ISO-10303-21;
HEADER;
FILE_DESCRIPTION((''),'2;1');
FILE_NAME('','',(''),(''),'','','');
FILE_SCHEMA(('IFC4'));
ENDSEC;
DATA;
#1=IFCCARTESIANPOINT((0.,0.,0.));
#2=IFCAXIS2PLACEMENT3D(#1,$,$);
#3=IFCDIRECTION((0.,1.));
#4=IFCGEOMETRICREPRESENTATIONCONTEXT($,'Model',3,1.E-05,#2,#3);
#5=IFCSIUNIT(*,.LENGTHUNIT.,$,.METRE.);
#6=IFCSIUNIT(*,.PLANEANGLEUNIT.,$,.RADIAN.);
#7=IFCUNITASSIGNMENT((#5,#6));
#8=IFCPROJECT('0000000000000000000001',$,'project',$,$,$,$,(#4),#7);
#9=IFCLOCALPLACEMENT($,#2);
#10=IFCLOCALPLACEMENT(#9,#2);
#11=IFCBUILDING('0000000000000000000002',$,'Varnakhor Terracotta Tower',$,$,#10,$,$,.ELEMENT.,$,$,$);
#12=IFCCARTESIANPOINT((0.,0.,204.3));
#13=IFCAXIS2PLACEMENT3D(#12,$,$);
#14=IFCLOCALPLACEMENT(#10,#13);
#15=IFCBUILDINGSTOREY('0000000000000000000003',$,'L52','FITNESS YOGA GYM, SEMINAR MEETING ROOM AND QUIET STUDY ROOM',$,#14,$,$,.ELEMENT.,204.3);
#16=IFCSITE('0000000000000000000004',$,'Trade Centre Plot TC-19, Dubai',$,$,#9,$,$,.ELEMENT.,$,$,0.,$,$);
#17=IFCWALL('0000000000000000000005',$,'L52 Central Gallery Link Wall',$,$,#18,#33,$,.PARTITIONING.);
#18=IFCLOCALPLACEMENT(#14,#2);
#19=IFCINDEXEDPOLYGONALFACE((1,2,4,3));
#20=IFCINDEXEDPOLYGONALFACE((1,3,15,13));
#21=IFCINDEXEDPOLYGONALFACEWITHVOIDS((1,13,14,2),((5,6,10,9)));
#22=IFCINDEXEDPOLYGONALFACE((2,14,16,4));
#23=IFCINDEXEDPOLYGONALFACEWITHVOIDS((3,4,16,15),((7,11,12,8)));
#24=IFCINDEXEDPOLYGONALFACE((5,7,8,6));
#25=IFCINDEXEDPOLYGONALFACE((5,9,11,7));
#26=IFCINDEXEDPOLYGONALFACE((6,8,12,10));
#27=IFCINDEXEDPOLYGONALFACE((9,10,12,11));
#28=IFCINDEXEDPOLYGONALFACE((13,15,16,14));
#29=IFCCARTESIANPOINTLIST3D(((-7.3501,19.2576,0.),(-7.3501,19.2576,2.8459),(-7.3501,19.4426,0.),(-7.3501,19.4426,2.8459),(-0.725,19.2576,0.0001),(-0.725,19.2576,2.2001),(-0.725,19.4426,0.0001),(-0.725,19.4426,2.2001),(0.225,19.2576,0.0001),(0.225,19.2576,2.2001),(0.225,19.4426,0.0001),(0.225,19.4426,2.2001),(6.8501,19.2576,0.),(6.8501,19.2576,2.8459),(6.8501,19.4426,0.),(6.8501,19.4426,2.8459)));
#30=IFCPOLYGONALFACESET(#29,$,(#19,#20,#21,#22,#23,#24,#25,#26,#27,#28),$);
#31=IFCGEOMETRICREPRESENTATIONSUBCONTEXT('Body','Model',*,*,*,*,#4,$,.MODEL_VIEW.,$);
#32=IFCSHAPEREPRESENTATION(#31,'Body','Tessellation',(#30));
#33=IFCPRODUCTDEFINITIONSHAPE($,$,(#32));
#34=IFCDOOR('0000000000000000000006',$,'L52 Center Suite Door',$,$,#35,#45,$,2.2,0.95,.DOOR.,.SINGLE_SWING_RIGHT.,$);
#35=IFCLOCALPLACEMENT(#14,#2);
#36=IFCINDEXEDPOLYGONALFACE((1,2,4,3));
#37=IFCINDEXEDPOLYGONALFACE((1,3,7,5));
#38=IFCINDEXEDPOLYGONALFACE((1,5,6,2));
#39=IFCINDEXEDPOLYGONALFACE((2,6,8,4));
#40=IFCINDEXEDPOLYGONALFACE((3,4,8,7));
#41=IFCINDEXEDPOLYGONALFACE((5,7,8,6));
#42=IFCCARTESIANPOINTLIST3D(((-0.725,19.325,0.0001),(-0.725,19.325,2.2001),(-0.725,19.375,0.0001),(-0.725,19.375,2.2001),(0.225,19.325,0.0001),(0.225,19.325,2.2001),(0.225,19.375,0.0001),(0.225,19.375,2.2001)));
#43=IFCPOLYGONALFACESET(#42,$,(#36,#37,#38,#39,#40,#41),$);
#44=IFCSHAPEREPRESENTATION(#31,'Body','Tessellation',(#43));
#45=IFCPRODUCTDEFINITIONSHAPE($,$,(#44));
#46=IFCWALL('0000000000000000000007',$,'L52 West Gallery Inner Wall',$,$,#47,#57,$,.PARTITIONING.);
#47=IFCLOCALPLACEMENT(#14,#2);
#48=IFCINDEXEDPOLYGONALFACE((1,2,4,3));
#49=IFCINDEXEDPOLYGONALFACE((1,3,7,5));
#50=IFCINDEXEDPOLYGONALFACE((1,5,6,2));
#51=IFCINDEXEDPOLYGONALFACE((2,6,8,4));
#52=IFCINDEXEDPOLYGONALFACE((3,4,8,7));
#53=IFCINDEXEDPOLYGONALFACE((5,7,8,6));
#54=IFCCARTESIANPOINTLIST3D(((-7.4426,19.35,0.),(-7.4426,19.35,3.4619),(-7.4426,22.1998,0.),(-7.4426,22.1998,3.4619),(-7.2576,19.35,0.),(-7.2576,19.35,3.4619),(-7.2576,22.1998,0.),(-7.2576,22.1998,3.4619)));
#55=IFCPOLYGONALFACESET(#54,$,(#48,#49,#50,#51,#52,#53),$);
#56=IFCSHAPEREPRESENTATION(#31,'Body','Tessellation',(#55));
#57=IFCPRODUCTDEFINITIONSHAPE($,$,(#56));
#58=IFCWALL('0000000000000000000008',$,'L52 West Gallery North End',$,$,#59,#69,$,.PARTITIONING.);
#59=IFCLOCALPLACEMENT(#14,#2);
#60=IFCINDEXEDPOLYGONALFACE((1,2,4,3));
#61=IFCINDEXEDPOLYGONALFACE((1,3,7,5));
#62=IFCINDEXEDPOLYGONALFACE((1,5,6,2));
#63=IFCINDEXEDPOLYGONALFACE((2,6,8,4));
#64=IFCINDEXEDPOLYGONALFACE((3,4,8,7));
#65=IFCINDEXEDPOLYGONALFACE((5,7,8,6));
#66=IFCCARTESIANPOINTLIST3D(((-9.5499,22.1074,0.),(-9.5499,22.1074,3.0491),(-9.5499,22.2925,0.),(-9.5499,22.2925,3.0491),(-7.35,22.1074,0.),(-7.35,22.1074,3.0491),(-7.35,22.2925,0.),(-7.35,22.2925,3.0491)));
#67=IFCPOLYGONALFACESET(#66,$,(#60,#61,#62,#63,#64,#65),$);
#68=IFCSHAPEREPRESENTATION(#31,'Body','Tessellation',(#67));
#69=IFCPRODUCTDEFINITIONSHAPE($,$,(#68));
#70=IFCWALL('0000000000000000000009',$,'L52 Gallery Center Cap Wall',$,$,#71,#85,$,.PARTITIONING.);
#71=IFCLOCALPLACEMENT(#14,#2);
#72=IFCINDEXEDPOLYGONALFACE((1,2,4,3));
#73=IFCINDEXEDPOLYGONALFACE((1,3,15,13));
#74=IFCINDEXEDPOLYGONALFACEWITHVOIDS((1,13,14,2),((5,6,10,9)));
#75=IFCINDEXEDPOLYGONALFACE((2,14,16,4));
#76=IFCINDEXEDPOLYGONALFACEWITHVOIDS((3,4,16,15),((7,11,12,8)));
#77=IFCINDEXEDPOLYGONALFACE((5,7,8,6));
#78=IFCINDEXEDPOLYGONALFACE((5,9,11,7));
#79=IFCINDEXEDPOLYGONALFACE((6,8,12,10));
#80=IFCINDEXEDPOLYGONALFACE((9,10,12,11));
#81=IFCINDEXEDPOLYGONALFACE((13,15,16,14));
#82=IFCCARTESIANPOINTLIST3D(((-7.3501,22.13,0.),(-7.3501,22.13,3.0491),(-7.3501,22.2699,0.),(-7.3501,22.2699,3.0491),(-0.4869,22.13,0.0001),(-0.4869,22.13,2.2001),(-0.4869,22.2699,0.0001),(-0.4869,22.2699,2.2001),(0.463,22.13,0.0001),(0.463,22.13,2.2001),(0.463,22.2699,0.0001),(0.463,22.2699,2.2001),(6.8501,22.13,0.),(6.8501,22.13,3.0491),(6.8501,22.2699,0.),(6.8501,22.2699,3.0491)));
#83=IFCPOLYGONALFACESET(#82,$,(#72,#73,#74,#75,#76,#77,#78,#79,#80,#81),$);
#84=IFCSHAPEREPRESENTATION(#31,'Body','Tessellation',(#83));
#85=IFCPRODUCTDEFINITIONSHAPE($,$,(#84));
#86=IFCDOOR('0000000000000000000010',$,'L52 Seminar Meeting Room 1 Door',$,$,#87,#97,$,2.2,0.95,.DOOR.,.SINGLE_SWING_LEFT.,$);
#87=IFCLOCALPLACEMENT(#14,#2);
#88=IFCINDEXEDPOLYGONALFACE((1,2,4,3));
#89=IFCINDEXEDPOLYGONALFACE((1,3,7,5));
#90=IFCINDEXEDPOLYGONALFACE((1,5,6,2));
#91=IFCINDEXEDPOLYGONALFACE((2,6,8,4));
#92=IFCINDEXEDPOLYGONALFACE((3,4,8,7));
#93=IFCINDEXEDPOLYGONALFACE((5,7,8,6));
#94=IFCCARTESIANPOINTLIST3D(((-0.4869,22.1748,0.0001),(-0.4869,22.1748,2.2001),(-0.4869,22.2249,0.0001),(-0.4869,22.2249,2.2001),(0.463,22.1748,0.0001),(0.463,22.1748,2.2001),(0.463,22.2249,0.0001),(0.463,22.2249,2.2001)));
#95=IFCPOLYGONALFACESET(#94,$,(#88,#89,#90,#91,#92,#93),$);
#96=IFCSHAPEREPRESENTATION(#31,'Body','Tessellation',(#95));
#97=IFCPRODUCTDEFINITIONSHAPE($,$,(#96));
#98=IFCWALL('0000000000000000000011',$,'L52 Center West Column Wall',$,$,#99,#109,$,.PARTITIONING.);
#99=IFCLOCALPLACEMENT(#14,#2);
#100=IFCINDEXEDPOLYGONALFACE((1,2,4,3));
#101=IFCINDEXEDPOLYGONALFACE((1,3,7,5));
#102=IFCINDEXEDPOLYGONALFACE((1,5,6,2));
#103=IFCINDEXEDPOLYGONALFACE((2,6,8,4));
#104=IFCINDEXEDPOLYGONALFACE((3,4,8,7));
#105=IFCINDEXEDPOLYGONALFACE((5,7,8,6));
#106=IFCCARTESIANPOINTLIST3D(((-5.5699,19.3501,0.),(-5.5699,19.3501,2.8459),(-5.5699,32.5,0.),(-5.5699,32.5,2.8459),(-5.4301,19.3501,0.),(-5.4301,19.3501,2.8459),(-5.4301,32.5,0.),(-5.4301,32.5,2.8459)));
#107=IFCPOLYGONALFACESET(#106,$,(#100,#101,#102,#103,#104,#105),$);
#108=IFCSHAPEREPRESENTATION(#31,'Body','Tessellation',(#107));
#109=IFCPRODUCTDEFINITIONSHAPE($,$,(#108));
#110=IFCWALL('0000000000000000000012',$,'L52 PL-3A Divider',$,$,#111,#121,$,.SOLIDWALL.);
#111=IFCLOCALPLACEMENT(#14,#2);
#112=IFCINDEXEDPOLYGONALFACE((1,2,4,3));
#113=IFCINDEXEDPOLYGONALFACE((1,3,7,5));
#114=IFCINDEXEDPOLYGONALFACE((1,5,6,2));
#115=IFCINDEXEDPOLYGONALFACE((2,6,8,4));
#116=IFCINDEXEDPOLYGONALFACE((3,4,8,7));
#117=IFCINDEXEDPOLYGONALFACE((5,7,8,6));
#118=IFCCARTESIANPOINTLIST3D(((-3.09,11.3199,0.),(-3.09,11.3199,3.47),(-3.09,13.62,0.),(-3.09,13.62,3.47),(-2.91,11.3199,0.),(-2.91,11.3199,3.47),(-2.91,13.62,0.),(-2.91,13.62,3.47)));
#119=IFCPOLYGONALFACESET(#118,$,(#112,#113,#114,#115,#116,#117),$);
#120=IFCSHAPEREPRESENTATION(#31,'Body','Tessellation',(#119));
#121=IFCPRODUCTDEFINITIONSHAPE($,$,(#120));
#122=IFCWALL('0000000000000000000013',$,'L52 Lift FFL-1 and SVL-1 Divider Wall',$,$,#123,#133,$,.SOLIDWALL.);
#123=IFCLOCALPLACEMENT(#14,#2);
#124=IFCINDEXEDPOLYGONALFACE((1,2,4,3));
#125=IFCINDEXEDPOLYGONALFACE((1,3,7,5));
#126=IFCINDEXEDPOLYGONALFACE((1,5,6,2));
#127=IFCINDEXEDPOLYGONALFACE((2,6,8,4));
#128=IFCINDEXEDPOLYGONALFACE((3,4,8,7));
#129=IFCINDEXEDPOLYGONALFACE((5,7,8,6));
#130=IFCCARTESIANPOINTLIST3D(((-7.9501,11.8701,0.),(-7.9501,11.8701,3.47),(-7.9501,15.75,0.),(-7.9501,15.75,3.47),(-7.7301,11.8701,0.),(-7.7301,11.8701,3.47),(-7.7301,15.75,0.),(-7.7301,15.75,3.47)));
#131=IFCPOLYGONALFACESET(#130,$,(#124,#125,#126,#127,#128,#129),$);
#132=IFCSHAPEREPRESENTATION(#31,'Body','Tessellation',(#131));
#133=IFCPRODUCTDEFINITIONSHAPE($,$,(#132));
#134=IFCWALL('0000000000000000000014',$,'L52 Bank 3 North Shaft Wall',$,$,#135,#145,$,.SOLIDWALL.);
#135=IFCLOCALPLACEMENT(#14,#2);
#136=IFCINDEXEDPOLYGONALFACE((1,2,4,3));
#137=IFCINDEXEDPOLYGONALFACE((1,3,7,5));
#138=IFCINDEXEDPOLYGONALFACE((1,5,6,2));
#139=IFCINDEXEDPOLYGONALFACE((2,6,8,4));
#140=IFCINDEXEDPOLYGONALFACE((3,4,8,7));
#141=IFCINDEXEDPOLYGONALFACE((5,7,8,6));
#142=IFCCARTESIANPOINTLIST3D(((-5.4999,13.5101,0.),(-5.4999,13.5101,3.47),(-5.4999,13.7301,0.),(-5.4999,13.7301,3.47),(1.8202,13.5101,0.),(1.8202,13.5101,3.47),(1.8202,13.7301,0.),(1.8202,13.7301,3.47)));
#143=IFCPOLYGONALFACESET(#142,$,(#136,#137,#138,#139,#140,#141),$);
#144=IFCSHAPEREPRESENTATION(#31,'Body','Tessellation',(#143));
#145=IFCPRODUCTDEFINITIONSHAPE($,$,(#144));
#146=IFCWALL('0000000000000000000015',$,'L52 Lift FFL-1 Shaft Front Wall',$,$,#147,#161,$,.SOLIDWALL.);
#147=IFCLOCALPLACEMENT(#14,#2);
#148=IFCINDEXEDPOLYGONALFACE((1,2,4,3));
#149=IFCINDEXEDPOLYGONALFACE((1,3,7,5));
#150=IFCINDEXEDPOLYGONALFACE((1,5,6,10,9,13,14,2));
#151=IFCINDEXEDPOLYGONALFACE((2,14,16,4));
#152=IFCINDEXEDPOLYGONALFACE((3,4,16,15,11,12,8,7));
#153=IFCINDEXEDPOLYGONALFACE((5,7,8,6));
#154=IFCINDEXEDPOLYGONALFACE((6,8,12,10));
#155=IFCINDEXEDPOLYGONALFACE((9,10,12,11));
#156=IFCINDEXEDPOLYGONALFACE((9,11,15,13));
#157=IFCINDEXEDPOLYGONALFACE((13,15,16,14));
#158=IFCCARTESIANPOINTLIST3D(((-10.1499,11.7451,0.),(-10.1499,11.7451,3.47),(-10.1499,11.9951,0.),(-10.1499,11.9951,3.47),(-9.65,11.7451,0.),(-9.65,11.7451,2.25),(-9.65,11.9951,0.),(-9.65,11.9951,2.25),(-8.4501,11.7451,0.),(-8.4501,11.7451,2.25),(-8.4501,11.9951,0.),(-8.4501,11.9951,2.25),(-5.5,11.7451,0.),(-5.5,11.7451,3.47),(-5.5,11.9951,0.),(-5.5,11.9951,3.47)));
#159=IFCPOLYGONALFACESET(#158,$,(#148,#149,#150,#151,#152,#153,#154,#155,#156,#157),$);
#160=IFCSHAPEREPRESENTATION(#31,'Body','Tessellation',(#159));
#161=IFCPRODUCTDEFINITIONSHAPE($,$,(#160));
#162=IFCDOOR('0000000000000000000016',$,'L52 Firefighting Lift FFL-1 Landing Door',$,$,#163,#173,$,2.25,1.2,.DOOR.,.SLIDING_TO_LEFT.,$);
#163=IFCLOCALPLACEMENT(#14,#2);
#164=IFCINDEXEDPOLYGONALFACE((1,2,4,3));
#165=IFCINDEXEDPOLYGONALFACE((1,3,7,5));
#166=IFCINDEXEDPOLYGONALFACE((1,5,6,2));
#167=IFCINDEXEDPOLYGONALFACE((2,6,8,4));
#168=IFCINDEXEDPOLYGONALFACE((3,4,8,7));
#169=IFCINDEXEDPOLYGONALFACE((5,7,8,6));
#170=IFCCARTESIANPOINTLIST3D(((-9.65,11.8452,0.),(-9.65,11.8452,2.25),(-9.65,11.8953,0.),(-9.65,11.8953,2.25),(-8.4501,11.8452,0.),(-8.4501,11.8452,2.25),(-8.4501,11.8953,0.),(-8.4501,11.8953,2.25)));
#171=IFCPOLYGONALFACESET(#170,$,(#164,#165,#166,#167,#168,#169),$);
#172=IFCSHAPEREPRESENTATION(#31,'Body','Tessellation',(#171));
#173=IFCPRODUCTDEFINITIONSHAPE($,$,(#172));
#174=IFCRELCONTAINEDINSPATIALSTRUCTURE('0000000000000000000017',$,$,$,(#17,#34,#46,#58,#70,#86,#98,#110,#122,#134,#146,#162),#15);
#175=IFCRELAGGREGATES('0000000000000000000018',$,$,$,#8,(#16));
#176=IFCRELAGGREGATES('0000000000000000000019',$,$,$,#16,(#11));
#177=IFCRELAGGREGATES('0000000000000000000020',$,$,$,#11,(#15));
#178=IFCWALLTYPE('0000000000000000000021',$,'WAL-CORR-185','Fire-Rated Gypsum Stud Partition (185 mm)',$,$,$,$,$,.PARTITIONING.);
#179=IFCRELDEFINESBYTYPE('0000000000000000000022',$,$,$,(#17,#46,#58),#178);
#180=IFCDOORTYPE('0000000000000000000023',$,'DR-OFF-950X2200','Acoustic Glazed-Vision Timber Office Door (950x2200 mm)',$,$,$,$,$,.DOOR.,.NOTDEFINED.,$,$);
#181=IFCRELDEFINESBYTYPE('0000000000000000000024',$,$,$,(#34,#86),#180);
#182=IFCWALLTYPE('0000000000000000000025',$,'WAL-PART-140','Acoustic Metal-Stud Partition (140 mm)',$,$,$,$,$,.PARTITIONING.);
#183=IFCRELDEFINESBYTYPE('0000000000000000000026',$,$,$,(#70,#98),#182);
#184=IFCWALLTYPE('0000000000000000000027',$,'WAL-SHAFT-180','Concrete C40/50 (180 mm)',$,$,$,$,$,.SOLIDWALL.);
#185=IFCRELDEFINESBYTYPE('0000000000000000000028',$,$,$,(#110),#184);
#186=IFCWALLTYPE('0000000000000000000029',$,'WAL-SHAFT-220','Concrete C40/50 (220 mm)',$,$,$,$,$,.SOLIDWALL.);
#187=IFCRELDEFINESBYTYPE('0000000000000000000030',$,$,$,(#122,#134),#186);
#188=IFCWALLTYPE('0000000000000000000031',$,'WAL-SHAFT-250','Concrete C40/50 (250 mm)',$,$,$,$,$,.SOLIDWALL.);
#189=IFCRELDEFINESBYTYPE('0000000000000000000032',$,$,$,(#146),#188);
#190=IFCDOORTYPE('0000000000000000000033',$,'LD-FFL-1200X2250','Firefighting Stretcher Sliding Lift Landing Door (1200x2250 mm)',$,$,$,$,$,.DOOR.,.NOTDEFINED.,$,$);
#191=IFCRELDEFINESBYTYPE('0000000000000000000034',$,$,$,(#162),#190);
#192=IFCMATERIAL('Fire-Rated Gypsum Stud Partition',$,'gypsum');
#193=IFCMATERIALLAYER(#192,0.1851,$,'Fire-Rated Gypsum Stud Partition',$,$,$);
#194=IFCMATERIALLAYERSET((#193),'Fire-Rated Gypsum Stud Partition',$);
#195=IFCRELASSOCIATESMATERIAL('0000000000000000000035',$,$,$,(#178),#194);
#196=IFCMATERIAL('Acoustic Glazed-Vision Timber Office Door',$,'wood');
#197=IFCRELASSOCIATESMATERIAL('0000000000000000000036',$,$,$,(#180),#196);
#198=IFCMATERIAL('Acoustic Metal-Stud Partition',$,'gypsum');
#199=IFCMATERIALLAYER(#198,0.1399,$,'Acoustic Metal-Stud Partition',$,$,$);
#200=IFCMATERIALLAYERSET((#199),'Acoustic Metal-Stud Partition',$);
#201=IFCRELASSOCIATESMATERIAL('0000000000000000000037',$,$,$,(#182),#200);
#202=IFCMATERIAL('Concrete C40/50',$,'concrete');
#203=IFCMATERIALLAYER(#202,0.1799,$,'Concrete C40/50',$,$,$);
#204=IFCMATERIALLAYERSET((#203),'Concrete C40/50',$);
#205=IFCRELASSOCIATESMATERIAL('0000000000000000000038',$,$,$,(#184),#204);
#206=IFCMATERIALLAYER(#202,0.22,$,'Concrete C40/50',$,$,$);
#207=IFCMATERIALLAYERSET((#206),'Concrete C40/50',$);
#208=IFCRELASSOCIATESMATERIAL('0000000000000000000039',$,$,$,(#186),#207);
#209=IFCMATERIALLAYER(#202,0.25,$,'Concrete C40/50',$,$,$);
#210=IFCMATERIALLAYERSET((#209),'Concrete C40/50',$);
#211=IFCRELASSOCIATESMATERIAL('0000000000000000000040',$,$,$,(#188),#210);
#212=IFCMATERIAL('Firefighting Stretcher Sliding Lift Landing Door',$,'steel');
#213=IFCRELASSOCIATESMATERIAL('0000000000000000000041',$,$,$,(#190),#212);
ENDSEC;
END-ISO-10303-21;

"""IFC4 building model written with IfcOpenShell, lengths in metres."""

from ifc_helpers import new_model, si_unit, direction, frame, frame_2d, origin, place, context, subcontext, project, spatial, rectangle, extrude, source, transform, mapped, material, layer, layer_set, type_object, type_shapes, element, fill, save


model = new_model("IFC4")

# Units and contexts
model_context = context("Model", 3, precision=1e-05, world=origin(), true_north=direction((0.0, 1.0)))
body_context = subcontext(model_context, "Body", "Model", "MODEL_VIEW")
ifc_project = project(units=[si_unit("LENGTHUNIT", "METRE"), si_unit("PLANEANGLEUNIT", "RADIAN")], contexts=[model_context])

# Site, building, storey
site_placement = place(None, origin())
site = spatial("IfcSite", under=ifc_project, at=site_placement, Name="Trade Centre Plot TC-19, Dubai", CompositionType="ELEMENT", RefElevation=0.0)
building_placement = place(site_placement, origin())
building = spatial("IfcBuilding", under=site, at=building_placement, Name="Varnakhor Terracotta Tower", CompositionType="ELEMENT")
storey_placement = place(building_placement, frame((0.0, 0.0, 204.3)))
storey = spatial("IfcBuildingStorey", under=building, at=storey_placement, Name="L52", Description="FITNESS YOGA GYM, SEMINAR MEETING ROOM AND QUIET STUDY ROOM", CompositionType="ELEMENT", Elevation=204.3)

# Wall, opening, door
ifc_material_1 = material(Name="Fire-Rated Gypsum Stud Partition", Category="gypsum")
ifc_layer_1 = layer(ifc_material_1, 0.1851, Name="Fire-Rated Gypsum Stud Partition")
ifc_layer_set_1 = layer_set([ifc_layer_1], Name="Fire-Rated Gypsum Stud Partition")
wall_type_1 = type_object("IfcWallType", Name="WAL-CORR-185", Description="Fire-Rated Gypsum Stud Partition (185 mm)", PredefinedType="PARTITIONING", material=ifc_layer_set_1)
wall_1_placement = place(storey_placement, frame((-7.3501, 19.3501, 0.0), z_axis=(0.0, 0.0, 1.0), x_axis=(1.0, 0.0, 0.0)))
wall_1 = element("IfcWall", 1, at=wall_1_placement, inside=storey, type_object=wall_type_1, Name="L52 Central Gallery Link Wall", PredefinedType="PARTITIONING", context=body_context, shape_type="SweptSolid", body=[
    extrude(rectangle(XDim=14.2002, YDim=0.1851, at=frame_2d((7.1001, 0.0))), origin(), (0.0, 0.0, 1.0), 2.8459),
])
opening_1_placement = place(wall_1_placement, frame((6.625, 0.0, 0.0)))
opening_1 = element("IfcOpeningElement", 2, at=opening_1_placement, cuts=wall_1, PredefinedType="OPENING", context=body_context, shape_type="SweptSolid", body=[
    extrude(rectangle(XDim=0.95, YDim=2.2, at=frame_2d((0.4751, 1.1001))), frame((0.0, 0.1025, 0.0), z_axis=(0.0, -1.0, 0.0), x_axis=(1.0, 0.0, 0.0)), (0.0, 0.0, 1.0), 0.2051),
])
ifc_material_2 = material(Name="Acoustic Glazed-Vision Timber Office Door", Category="wood")
door_type_1 = type_object("IfcDoorType", Name="DR-OFF-950X2200", Description="Acoustic Glazed-Vision Timber Office Door (950x2200 mm)", OperationType="NOTDEFINED", PredefinedType="DOOR", material=ifc_material_2)
shared_shape_1 = source(origin(), body_context, "Body", "SweptSolid", [
    extrude(rectangle(XDim=0.95, YDim=2.2, at=frame_2d((0.4751, 1.1001))), frame((0.0, 0.0249, 0.0), z_axis=(0.0, -1.0, 0.0), x_axis=(1.0, 0.0, 0.0)), (0.0, 0.0, 1.0), 0.05),
])
type_shapes(door_type_1, [shared_shape_1])
door_1_placement = place(opening_1_placement, origin())
door_1 = element("IfcDoor", 3, at=door_1_placement, inside=storey, type_object=door_type_1, Name="L52 Center Suite Door", OperationType="SINGLE_SWING_RIGHT", OverallHeight=2.2, OverallWidth=0.95, PredefinedType="DOOR", context=body_context, shape_type="MappedRepresentation", body=[
    mapped(shared_shape_1, transform((0.0, 0.0, 0.0), scale=1.0)),
])
fill(opening_1, door_1)

# Walls
wall_2_placement = place(storey_placement, frame((-7.3501, 19.3501, 0.0), z_axis=(0.0, 0.0, 1.0), x_axis=(0.0, 1.0, 0.0)))
element("IfcWall", 4, at=wall_2_placement, inside=storey, type_object=wall_type_1, Name="L52 West Gallery Inner Wall", PredefinedType="PARTITIONING", context=body_context, shape_type="SweptSolid", body=[
    extrude(rectangle(XDim=2.8499, YDim=0.1851, at=frame_2d((1.4248, 0.0))), origin(), (0.0, 0.0, 1.0), 3.4619),
])
wall_3_placement = place(storey_placement, frame((-9.55, 22.2, 0.0), z_axis=(0.0, 0.0, 1.0), x_axis=(1.0, 0.0, 0.0)))
element("IfcWall", 5, at=wall_3_placement, inside=storey, type_object=wall_type_1, Name="L52 West Gallery North End", PredefinedType="PARTITIONING", context=body_context, shape_type="SweptSolid", body=[
    extrude(rectangle(XDim=2.2, YDim=0.1851, at=frame_2d((1.1001, 0.0))), origin(), (0.0, 0.0, 1.0), 3.0491),
])

# Wall, opening, door
ifc_material_3 = material(Name="Acoustic Metal-Stud Partition", Category="gypsum")
ifc_layer_2 = layer(ifc_material_3, 0.1399, Name="Acoustic Metal-Stud Partition")
ifc_layer_set_2 = layer_set([ifc_layer_2], Name="Acoustic Metal-Stud Partition")
wall_type_2 = type_object("IfcWallType", Name="WAL-PART-140", Description="Acoustic Metal-Stud Partition (140 mm)", PredefinedType="PARTITIONING", material=ifc_layer_set_2)
wall_4_placement = place(storey_placement, frame((-7.3501, 22.2, 0.0), z_axis=(0.0, 0.0, 1.0), x_axis=(1.0, 0.0, 0.0)))
wall_4 = element("IfcWall", 6, at=wall_4_placement, inside=storey, type_object=wall_type_2, Name="L52 Gallery Center Cap Wall", PredefinedType="PARTITIONING", context=body_context, shape_type="SweptSolid", body=[
    extrude(rectangle(XDim=14.2002, YDim=0.1399, at=frame_2d((7.1001, 0.0))), origin(), (0.0, 0.0, 1.0), 3.0491),
])
opening_2_placement = place(wall_4_placement, frame((6.863, 0.0, 0.0)))
opening_2 = element("IfcOpeningElement", 7, at=opening_2_placement, cuts=wall_4, PredefinedType="OPENING", context=body_context, shape_type="SweptSolid", body=[
    extrude(rectangle(XDim=0.95, YDim=2.2, at=frame_2d((0.4751, 1.1001))), frame((0.0, 0.0801, 0.0), z_axis=(0.0, -1.0, 0.0), x_axis=(1.0, 0.0, 0.0)), (0.0, 0.0, 1.0), 0.1599),
])
door_2_placement = place(opening_2_placement, origin())
door_2 = element("IfcDoor", 8, at=door_2_placement, inside=storey, type_object=door_type_1, Name="L52 Seminar Meeting Room 1 Door", OperationType="SINGLE_SWING_LEFT", OverallHeight=2.2, OverallWidth=0.95, PredefinedType="DOOR", context=body_context, shape_type="MappedRepresentation", body=[
    mapped(shared_shape_1, transform((0.0, 0.0, 0.0), scale=1.0)),
])
fill(opening_2, door_2)

# Walls
wall_5_placement = place(storey_placement, frame((-5.5, 19.3501, 0.0), z_axis=(0.0, 0.0, 1.0), x_axis=(0.0, 1.0, 0.0)))
element("IfcWall", 9, at=wall_5_placement, inside=storey, type_object=wall_type_2, Name="L52 Center West Column Wall", PredefinedType="PARTITIONING", context=body_context, shape_type="SweptSolid", body=[
    extrude(rectangle(XDim=13.1499, YDim=0.1399, at=frame_2d((6.575, 0.0))), origin(), (0.0, 0.0, 1.0), 2.8459),
])
ifc_material_4 = material(Name="Concrete C40/50", Category="concrete")
ifc_layer_3 = layer(ifc_material_4, 0.1799, Name="Concrete C40/50")
ifc_layer_set_3 = layer_set([ifc_layer_3], Name="Concrete C40/50")
wall_type_3 = type_object("IfcWallType", Name="WAL-SHAFT-180", Description="Concrete C40/50 (180 mm)", PredefinedType="SOLIDWALL", material=ifc_layer_set_3)
wall_6_placement = place(storey_placement, frame((-3.0, 11.3201, 0.0), z_axis=(0.0, 0.0, 1.0), x_axis=(0.0, 1.0, 0.0)))
element("IfcWall", 10, at=wall_6_placement, inside=storey, type_object=wall_type_3, Name="L52 PL-3A Divider", PredefinedType="SOLIDWALL", context=body_context, shape_type="SweptSolid", body=[
    extrude(rectangle(XDim=2.3, YDim=0.1799, at=frame_2d((1.1499, 0.0))), origin(), (0.0, 0.0, 1.0), 3.47),
])
ifc_layer_4 = layer(ifc_material_4, 0.22, Name="Concrete C40/50")
ifc_layer_set_4 = layer_set([ifc_layer_4], Name="Concrete C40/50")
wall_type_4 = type_object("IfcWallType", Name="WAL-SHAFT-220", Description="Concrete C40/50 (220 mm)", PredefinedType="SOLIDWALL", material=ifc_layer_set_4)
wall_7_placement = place(storey_placement, frame((-7.8401, 11.8701, 0.0), z_axis=(0.0, 0.0, 1.0), x_axis=(0.0, 1.0, 0.0)))
element("IfcWall", 11, at=wall_7_placement, inside=storey, type_object=wall_type_4, Name="L52 Lift FFL-1 and SVL-1 Divider Wall", PredefinedType="SOLIDWALL", context=body_context, shape_type="SweptSolid", body=[
    extrude(rectangle(XDim=3.8799, YDim=0.22, at=frame_2d((1.9399, 0.0))), origin(), (0.0, 0.0, 1.0), 3.47),
])
wall_8_placement = place(storey_placement, frame((-5.5, 13.6201, 0.0), z_axis=(0.0, 0.0, 1.0), x_axis=(1.0, 0.0, 0.0)))
element("IfcWall", 12, at=wall_8_placement, inside=storey, type_object=wall_type_4, Name="L52 Bank 3 North Shaft Wall", PredefinedType="SOLIDWALL", context=body_context, shape_type="SweptSolid", body=[
    extrude(rectangle(XDim=7.3201, YDim=0.22, at=frame_2d((3.6602, 0.0))), origin(), (0.0, 0.0, 1.0), 3.47),
])

# Wall, opening, door
ifc_layer_5 = layer(ifc_material_4, 0.25, Name="Concrete C40/50")
ifc_layer_set_5 = layer_set([ifc_layer_5], Name="Concrete C40/50")
wall_type_5 = type_object("IfcWallType", Name="WAL-SHAFT-250", Description="Concrete C40/50 (250 mm)", PredefinedType="SOLIDWALL", material=ifc_layer_set_5)
wall_9_placement = place(storey_placement, frame((-5.5, 11.8701, 0.0), z_axis=(0.0, 0.0, 1.0), x_axis=(-1.0, 0.0, 0.0)))
wall_9 = element("IfcWall", 13, at=wall_9_placement, inside=storey, type_object=wall_type_5, Name="L52 Lift FFL-1 Shaft Front Wall", PredefinedType="SOLIDWALL", context=body_context, shape_type="SweptSolid", body=[
    extrude(rectangle(XDim=4.6499, YDim=0.25, at=frame_2d((2.325, 0.0))), origin(), (0.0, 0.0, 1.0), 3.47),
])
opening_3_placement = place(wall_9_placement, frame((2.95, 0.0, 0.0)))
opening_3 = element("IfcOpeningElement", 14, at=opening_3_placement, cuts=wall_9, PredefinedType="OPENING", context=body_context, shape_type="SweptSolid", body=[
    extrude(rectangle(XDim=1.2, YDim=2.25, at=frame_2d((0.6001, 1.125))), frame((0.0, 0.135, 0.0), z_axis=(0.0, -1.0, 0.0), x_axis=(1.0, 0.0, 0.0)), (0.0, 0.0, 1.0), 0.27),
])
ifc_material_5 = material(Name="Firefighting Stretcher Sliding Lift Landing Door", Category="steel")
door_type_2 = type_object("IfcDoorType", Name="LD-FFL-1200X2250", Description="Firefighting Stretcher Sliding Lift Landing Door (1200x2250 mm)", OperationType="NOTDEFINED", PredefinedType="DOOR", material=ifc_material_5)
shared_shape_2 = source(origin(), body_context, "Body", "SweptSolid", [
    extrude(rectangle(XDim=1.2, YDim=2.25, at=frame_2d((0.6001, 1.125))), frame((0.0, 0.0249, 0.0), z_axis=(0.0, -1.0, 0.0), x_axis=(1.0, 0.0, 0.0)), (0.0, 0.0, 1.0), 0.05),
])
type_shapes(door_type_2, [shared_shape_2])
door_3_placement = place(opening_3_placement, origin())
door_3 = element("IfcDoor", 15, at=door_3_placement, inside=storey, type_object=door_type_2, Name="L52 Firefighting Lift FFL-1 Landing Door", OperationType="SLIDING_TO_LEFT", OverallHeight=2.25, OverallWidth=1.2, PredefinedType="DOOR", context=body_context, shape_type="MappedRepresentation", body=[
    mapped(shared_shape_2, transform((0.0, 0.0, 0.0), scale=1.0)),
])
fill(opening_3, door_3)

save(model, "model.ifc")
